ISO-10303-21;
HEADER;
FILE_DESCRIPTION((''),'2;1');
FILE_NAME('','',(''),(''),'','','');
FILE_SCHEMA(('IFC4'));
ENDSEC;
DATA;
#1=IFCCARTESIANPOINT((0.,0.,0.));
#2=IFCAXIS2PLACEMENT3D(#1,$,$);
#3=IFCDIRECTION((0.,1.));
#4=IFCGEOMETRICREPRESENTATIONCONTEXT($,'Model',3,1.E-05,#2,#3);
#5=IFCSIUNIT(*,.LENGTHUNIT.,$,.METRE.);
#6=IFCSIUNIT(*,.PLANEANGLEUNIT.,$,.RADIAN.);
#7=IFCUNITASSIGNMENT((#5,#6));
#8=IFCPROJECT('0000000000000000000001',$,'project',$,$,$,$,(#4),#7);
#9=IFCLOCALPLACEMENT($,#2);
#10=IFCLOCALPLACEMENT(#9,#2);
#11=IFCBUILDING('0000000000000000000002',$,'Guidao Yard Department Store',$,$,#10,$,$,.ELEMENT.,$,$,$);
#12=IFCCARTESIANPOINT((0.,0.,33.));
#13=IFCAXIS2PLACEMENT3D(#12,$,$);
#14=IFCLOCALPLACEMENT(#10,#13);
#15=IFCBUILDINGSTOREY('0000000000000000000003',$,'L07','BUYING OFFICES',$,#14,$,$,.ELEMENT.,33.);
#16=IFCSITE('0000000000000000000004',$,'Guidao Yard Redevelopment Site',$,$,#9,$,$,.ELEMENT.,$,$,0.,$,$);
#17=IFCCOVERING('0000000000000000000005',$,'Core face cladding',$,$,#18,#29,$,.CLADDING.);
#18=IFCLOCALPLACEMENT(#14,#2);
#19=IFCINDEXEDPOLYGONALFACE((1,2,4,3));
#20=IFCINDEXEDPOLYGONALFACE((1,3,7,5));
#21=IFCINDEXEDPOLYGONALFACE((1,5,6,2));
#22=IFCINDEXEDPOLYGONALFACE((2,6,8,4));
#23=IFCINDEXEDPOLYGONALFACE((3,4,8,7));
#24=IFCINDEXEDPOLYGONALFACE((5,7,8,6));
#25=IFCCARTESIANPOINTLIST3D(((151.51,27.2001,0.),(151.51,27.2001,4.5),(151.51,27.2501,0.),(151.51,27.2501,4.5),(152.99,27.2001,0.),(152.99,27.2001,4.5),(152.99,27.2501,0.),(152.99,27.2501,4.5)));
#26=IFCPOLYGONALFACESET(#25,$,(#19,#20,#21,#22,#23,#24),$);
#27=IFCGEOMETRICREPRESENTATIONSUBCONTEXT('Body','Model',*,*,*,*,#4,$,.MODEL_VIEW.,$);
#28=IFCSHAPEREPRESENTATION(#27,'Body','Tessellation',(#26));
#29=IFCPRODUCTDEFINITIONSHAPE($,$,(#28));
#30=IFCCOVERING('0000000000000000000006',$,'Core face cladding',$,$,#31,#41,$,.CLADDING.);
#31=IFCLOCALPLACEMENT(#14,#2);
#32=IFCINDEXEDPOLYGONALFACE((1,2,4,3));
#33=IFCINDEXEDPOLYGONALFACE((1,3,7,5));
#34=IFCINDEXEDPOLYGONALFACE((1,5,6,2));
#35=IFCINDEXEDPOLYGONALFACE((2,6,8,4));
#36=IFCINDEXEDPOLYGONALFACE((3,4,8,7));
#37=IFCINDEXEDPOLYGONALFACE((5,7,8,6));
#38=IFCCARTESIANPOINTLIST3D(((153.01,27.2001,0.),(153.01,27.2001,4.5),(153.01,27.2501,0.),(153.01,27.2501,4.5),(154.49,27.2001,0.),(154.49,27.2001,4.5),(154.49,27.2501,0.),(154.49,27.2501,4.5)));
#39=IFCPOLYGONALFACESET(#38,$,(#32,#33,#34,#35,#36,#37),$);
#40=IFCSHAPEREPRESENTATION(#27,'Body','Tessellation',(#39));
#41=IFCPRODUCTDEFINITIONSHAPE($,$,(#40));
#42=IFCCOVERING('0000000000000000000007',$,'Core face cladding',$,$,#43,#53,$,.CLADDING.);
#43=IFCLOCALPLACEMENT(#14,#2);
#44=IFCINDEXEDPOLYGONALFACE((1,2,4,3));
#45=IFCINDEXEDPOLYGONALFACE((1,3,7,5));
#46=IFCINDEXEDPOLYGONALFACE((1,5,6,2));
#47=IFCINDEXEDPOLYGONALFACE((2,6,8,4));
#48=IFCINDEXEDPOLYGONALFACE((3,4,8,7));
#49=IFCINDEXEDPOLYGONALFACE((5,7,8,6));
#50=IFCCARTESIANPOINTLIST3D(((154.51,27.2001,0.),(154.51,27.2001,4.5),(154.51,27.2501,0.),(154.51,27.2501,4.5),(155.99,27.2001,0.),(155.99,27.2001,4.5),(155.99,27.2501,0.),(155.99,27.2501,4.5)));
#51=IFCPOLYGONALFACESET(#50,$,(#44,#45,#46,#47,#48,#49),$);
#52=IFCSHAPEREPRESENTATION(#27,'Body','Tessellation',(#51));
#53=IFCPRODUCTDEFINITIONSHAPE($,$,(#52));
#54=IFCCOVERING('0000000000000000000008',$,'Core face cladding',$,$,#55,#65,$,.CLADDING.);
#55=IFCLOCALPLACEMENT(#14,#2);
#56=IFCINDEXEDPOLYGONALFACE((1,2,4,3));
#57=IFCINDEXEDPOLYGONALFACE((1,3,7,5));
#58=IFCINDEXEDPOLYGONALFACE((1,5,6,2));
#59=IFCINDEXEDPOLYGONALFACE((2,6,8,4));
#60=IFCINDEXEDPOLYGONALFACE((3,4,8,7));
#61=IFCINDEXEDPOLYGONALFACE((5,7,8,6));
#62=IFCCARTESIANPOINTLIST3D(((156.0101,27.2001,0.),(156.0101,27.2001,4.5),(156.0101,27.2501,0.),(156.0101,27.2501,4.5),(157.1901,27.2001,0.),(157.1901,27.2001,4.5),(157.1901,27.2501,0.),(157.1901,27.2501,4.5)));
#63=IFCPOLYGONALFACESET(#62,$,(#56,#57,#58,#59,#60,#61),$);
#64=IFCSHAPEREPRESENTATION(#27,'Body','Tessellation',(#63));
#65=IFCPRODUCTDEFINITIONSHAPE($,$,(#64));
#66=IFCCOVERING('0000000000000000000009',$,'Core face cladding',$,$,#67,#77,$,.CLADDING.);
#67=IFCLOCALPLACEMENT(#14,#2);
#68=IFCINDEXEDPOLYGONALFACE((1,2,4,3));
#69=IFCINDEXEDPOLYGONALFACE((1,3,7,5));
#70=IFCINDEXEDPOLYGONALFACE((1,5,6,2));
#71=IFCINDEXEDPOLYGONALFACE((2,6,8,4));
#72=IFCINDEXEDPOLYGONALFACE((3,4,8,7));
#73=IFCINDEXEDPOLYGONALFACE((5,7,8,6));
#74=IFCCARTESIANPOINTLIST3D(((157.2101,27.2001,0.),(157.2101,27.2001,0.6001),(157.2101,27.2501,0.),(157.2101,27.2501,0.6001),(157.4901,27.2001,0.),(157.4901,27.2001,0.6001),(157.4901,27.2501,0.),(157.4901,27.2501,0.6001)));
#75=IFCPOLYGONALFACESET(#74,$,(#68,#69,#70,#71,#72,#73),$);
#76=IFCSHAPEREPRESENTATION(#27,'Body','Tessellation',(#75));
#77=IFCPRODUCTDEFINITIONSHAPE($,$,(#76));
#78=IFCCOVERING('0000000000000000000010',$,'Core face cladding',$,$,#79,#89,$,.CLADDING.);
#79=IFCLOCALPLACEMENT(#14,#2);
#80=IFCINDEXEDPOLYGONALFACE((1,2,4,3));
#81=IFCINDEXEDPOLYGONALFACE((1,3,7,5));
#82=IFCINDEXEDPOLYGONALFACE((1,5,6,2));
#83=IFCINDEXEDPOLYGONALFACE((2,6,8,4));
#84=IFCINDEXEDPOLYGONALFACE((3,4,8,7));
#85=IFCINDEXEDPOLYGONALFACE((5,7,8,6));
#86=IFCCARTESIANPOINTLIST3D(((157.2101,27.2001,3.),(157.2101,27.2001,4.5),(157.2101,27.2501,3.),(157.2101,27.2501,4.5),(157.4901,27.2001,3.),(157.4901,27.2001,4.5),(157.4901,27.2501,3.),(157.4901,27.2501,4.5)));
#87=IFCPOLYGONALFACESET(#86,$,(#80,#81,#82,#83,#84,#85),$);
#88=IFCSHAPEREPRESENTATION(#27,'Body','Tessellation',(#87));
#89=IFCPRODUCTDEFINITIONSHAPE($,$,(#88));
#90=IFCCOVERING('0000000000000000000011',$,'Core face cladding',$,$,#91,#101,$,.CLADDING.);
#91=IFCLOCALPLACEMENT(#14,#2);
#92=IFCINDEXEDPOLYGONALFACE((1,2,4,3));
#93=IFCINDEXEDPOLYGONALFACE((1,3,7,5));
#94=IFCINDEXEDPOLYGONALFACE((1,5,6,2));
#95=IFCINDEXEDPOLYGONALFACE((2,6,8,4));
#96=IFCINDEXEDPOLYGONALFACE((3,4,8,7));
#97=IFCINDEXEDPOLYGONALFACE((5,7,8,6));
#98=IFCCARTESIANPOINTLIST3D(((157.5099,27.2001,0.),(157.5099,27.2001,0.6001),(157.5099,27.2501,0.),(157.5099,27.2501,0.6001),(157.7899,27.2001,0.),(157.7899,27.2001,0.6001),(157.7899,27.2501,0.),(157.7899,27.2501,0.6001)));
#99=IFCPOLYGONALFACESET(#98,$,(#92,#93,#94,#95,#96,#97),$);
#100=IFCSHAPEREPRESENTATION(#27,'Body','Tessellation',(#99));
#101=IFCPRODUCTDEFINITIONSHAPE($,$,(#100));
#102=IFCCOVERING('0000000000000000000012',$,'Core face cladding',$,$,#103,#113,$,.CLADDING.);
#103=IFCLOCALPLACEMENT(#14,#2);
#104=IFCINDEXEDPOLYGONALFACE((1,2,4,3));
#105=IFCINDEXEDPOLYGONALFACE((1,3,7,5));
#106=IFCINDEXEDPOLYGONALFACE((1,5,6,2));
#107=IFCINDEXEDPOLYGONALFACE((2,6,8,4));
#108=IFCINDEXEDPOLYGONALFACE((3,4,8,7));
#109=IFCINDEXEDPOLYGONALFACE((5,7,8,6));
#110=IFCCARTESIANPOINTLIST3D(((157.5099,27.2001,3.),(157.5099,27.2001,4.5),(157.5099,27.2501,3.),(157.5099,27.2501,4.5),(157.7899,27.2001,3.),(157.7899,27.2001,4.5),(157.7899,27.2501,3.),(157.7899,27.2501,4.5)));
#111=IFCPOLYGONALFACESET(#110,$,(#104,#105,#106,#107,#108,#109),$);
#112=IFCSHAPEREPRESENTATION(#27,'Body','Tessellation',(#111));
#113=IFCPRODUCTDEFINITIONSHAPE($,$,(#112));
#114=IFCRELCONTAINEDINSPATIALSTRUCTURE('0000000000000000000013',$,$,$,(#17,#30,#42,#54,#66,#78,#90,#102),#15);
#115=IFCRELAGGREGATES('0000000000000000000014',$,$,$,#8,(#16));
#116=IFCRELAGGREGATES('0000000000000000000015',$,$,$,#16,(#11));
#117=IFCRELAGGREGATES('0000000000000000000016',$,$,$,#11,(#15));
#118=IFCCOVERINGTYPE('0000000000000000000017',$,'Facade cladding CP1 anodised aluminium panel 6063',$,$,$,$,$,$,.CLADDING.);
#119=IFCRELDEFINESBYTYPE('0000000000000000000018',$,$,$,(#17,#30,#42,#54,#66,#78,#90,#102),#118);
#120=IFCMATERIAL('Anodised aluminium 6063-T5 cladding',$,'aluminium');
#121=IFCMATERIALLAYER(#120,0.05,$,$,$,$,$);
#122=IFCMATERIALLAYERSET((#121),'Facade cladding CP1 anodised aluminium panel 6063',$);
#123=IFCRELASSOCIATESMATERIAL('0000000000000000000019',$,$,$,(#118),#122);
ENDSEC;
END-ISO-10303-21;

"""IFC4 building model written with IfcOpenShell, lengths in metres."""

from ifc_helpers import new_model, si_unit, direction, frame, origin, origin_2d, place, context, subcontext, project, spatial, rectangle, extrude, material, layer, layer_set, type_object, element, save


model = new_model("IFC4")

# Units and contexts
model_context = context("Model", 3, precision=1e-05, world=origin(), true_north=direction((0.0, 1.0)))
body_context = subcontext(model_context, "Body", "Model", "MODEL_VIEW")
ifc_project = project(units=[si_unit("LENGTHUNIT", "METRE"), si_unit("PLANEANGLEUNIT", "RADIAN")], contexts=[model_context])

# Site, building, storey
site_placement = place(None, origin())
site = spatial("IfcSite", under=ifc_project, at=site_placement, Name="Guidao Yard Redevelopment Site", CompositionType="ELEMENT", RefElevation=0.0)
building_placement = place(site_placement, origin())
building = spatial("IfcBuilding", under=site, at=building_placement, Name="Guidao Yard Department Store", CompositionType="ELEMENT")
storey_placement = place(building_placement, frame((0.0, 0.0, 33.0)))
storey = spatial("IfcBuildingStorey", under=building, at=storey_placement, Name="L07", Description="BUYING OFFICES", CompositionType="ELEMENT", Elevation=33.0)

# Coverings
ifc_material_1 = material(Name="Anodised aluminium 6063-T5 cladding", Category="aluminium")
ifc_layer_1 = layer(ifc_material_1, 0.05)
ifc_layer_set_1 = layer_set([ifc_layer_1], Name="Facade cladding CP1 anodised aluminium panel 6063")
covering_type = type_object("IfcCoveringType", Name="Facade cladding CP1 anodised aluminium panel 6063", PredefinedType="CLADDING", material=ifc_layer_set_1)
for number, where, z_axis, x_axis, name in (
    (1, (152.25, 27.2251, 0.0), (0.0, 0.0, 1.0), (1.0, 0.0, 0.0), "Core face cladding"),
    (2, (153.75, 27.2251, 0.0), (0.0, 0.0, 1.0), (1.0, 0.0, 0.0), "Core face cladding"),
    (3, (155.25, 27.2251, 0.0), (0.0, 0.0, 1.0), (1.0, 0.0, 0.0), "Core face cladding"),
):
    element("IfcCovering", number, at=place(storey_placement, frame(where, z_axis=z_axis, x_axis=x_axis)), inside=storey, type_object=covering_type, Name=name, PredefinedType="CLADDING", context=body_context, shape_type="SweptSolid", body=[
        extrude(rectangle(XDim=1.48, YDim=0.05, at=origin_2d()), origin(), (0.0, 0.0, 1.0), 4.5),
    ])
covering_1_placement = place(storey_placement, frame((156.6001, 27.2251, 0.0), z_axis=(0.0, 0.0, 1.0), x_axis=(1.0, 0.0, 0.0)))
element("IfcCovering", 4, at=covering_1_placement, inside=storey, type_object=covering_type, Name="Core face cladding", PredefinedType="CLADDING", context=body_context, shape_type="SweptSolid", body=[
    extrude(rectangle(XDim=1.1799, YDim=0.05, at=origin_2d()), origin(), (0.0, 0.0, 1.0), 4.5),
])
covering_2_placement = place(storey_placement, frame((157.3501, 27.2251, 0.0), z_axis=(0.0, 0.0, 1.0), x_axis=(1.0, 0.0, 0.0)))
element("IfcCovering", 5, at=covering_2_placement, inside=storey, type_object=covering_type, Name="Core face cladding", PredefinedType="CLADDING", context=body_context, shape_type="SweptSolid", body=[
    extrude(rectangle(XDim=0.28, YDim=0.05, at=origin_2d()), origin(), (0.0, 0.0, 1.0), 0.6001),
])
covering_3_placement = place(storey_placement, frame((157.3501, 27.2251, 3.0), z_axis=(0.0, 0.0, 1.0), x_axis=(1.0, 0.0, 0.0)))
element("IfcCovering", 6, at=covering_3_placement, inside=storey, type_object=covering_type, Name="Core face cladding", PredefinedType="CLADDING", context=body_context, shape_type="SweptSolid", body=[
    extrude(rectangle(XDim=0.28, YDim=0.05, at=origin_2d()), origin(), (0.0, 0.0, 1.0), 1.5),
])
covering_4_placement = place(storey_placement, frame((157.6499, 27.2251, 0.0), z_axis=(0.0, 0.0, 1.0), x_axis=(1.0, 0.0, 0.0)))
element("IfcCovering", 7, at=covering_4_placement, inside=storey, type_object=covering_type, Name="Core face cladding", PredefinedType="CLADDING", context=body_context, shape_type="SweptSolid", body=[
    extrude(rectangle(XDim=0.28, YDim=0.05, at=origin_2d()), origin(), (0.0, 0.0, 1.0), 0.6001),
])
covering_5_placement = place(storey_placement, frame((157.6499, 27.2251, 3.0), z_axis=(0.0, 0.0, 1.0), x_axis=(1.0, 0.0, 0.0)))
element("IfcCovering", 8, at=covering_5_placement, inside=storey, type_object=covering_type, Name="Core face cladding", PredefinedType="CLADDING", context=body_context, shape_type="SweptSolid", body=[
    extrude(rectangle(XDim=0.28, YDim=0.05, at=origin_2d()), origin(), (0.0, 0.0, 1.0), 1.5),
])

save(model, "model.ifc")
